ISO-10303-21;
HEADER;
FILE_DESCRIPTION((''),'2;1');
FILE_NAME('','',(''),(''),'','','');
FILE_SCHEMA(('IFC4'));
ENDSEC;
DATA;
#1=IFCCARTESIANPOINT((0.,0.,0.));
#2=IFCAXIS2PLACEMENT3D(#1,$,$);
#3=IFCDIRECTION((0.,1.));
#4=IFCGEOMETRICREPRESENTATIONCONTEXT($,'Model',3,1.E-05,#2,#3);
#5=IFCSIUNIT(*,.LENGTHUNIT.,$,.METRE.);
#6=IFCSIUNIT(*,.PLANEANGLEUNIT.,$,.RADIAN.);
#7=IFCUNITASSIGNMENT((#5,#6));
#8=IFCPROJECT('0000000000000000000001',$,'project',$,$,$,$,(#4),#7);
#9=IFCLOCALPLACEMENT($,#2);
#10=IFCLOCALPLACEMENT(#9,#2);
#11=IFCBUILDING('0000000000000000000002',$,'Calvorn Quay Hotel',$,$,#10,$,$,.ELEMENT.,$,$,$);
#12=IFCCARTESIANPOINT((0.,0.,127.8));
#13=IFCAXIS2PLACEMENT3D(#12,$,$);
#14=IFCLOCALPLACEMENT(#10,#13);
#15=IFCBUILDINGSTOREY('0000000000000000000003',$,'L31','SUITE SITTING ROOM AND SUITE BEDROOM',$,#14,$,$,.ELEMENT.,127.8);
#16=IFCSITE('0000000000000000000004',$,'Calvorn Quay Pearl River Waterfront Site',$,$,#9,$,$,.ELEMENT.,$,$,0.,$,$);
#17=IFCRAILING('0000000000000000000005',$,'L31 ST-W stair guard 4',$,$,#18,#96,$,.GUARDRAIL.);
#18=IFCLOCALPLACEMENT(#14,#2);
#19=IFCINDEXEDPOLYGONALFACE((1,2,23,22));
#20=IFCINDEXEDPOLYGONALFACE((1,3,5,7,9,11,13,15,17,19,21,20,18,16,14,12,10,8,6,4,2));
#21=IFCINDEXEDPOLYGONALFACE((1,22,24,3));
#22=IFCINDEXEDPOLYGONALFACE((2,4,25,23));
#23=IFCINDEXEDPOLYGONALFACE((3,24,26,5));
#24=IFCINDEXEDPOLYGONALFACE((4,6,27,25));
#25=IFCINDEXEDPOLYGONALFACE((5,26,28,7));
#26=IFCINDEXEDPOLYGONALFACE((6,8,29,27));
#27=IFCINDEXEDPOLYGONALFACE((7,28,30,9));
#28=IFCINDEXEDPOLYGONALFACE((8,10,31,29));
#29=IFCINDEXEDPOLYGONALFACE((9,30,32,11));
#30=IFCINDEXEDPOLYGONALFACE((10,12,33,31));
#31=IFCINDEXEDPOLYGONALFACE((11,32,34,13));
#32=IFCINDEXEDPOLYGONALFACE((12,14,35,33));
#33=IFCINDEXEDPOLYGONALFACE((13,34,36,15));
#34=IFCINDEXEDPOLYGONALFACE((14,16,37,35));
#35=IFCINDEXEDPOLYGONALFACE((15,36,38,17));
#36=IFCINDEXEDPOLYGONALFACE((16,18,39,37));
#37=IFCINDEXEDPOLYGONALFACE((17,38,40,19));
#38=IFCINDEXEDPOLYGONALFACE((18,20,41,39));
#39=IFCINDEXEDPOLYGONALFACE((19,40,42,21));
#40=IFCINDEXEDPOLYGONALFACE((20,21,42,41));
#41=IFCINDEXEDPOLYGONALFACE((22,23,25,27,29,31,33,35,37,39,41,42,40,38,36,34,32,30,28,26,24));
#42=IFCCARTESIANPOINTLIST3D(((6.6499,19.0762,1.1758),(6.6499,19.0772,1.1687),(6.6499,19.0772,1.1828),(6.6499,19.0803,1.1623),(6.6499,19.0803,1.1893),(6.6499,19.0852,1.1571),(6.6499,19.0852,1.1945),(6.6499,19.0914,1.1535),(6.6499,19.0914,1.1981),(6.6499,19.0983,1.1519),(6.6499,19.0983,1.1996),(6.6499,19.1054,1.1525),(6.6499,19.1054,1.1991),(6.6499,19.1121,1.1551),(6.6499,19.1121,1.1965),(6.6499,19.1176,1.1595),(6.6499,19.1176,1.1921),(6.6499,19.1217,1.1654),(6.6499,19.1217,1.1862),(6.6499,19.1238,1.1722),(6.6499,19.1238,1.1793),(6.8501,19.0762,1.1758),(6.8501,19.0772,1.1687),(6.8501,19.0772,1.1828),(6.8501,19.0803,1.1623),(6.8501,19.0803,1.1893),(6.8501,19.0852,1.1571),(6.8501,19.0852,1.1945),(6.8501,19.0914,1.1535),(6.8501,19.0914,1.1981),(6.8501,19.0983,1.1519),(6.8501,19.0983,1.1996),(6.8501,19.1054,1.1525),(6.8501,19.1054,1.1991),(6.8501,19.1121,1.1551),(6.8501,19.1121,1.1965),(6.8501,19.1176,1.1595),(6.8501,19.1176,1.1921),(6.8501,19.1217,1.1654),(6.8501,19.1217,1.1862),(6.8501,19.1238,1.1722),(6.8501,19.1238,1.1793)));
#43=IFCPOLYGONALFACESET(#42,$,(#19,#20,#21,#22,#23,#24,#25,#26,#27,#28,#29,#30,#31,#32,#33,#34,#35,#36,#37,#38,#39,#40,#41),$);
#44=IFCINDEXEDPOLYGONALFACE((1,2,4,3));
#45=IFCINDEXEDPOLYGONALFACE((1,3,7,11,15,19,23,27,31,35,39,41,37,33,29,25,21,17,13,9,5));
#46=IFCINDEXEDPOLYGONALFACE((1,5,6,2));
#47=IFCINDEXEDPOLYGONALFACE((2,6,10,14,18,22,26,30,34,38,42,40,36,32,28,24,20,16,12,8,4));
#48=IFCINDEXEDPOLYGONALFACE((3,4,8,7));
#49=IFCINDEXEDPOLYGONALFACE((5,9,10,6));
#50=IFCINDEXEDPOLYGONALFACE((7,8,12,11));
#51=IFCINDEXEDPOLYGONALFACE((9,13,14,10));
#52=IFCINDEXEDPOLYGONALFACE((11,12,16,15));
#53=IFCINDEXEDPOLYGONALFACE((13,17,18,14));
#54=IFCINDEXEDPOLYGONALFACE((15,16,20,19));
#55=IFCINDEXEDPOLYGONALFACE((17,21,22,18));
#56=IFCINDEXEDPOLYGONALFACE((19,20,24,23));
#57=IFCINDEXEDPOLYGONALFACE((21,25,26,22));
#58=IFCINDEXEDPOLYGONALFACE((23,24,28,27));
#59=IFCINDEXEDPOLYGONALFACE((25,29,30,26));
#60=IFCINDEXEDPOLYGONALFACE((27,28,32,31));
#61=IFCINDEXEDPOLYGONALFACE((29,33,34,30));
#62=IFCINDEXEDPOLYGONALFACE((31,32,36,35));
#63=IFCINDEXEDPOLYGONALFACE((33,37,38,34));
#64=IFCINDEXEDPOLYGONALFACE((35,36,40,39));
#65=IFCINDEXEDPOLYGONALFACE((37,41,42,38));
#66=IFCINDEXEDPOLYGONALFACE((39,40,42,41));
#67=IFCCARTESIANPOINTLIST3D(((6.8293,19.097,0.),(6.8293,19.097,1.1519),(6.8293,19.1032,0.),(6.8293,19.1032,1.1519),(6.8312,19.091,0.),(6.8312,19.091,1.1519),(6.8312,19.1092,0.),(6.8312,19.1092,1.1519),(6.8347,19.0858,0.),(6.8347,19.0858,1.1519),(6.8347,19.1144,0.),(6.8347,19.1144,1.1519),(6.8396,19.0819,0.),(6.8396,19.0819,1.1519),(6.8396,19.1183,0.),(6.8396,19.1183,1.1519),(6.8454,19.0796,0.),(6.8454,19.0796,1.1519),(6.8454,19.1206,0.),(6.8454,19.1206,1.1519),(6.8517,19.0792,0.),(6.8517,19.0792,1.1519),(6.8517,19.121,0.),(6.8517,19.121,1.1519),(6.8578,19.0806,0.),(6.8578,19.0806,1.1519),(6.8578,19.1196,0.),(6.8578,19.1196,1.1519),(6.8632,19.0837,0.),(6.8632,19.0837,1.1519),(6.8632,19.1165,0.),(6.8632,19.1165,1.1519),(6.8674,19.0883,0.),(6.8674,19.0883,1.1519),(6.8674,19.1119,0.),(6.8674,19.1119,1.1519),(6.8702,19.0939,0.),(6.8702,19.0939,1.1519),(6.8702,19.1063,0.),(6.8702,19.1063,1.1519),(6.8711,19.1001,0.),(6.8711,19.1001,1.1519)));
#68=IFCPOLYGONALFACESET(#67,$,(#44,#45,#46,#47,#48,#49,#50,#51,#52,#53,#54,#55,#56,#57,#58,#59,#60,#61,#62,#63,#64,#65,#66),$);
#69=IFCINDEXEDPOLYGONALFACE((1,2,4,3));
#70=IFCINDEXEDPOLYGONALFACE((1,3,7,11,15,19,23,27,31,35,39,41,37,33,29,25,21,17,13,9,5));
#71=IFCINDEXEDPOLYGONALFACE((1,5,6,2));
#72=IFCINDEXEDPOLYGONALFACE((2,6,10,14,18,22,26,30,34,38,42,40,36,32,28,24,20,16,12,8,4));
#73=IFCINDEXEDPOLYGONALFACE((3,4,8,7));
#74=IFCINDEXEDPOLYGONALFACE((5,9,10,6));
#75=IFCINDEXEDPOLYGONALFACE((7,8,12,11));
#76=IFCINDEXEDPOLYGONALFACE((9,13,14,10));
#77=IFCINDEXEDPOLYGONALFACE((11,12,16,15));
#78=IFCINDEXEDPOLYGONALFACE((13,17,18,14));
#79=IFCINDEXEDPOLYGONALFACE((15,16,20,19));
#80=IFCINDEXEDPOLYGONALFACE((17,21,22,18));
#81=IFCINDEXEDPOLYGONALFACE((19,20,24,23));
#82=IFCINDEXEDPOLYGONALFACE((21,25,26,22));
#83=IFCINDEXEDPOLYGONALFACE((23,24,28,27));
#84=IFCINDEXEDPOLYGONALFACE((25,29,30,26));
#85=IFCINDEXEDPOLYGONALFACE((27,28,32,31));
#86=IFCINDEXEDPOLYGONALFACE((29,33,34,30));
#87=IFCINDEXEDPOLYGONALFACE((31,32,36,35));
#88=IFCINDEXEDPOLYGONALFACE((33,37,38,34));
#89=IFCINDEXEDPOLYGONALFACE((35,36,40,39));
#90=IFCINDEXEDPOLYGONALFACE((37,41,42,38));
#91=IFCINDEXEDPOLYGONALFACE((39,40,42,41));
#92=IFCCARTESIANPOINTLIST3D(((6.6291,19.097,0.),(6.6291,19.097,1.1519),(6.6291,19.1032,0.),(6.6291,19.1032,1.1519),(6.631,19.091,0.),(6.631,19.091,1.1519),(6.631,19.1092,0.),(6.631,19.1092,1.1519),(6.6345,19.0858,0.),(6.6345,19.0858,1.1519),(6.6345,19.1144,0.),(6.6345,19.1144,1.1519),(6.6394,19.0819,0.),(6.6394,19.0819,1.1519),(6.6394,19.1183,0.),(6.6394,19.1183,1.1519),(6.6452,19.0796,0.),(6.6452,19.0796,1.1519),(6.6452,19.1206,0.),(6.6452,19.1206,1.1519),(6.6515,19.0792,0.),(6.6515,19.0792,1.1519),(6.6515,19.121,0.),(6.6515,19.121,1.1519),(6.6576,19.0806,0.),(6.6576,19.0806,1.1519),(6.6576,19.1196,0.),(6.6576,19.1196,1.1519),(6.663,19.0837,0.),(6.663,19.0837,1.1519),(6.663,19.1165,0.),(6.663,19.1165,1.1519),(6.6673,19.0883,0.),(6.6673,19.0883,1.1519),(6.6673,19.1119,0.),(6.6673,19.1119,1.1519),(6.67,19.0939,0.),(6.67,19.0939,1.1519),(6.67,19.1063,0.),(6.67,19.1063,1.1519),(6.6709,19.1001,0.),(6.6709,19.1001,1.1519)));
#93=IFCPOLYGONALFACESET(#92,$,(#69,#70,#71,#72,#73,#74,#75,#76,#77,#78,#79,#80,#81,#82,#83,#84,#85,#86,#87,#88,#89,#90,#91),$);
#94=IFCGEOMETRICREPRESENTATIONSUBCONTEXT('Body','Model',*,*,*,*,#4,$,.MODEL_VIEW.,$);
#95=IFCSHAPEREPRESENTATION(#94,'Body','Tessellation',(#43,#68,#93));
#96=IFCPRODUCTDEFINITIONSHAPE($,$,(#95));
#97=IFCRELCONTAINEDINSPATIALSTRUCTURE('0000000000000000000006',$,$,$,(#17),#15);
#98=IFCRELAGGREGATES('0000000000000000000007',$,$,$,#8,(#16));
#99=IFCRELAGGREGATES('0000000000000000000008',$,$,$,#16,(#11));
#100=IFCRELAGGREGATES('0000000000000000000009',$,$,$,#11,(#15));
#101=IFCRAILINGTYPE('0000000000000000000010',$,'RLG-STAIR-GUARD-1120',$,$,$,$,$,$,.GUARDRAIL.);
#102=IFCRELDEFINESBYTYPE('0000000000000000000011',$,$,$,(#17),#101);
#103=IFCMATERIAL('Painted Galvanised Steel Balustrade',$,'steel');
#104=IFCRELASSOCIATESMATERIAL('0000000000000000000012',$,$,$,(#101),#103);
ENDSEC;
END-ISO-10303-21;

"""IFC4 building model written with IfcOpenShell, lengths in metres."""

from ifc_helpers import new_model, si_unit, direction, frame, origin, origin_2d, place, context, subcontext, project, spatial, circle, extrude, material, type_object, element, save


model = new_model("IFC4")

# Units and contexts
model_context = context("Model", 3, precision=1e-05, world=origin(), true_north=direction((0.0, 1.0)))
body_context = subcontext(model_context, "Body", "Model", "MODEL_VIEW")
ifc_project = project(units=[si_unit("LENGTHUNIT", "METRE"), si_unit("PLANEANGLEUNIT", "RADIAN")], contexts=[model_context])

# Site, building, storey
site_placement = place(None, origin())
site = spatial("IfcSite", under=ifc_project, at=site_placement, Name="Calvorn Quay Pearl River Waterfront Site", CompositionType="ELEMENT", RefElevation=0.0)
building_placement = place(site_placement, origin())
building = spatial("IfcBuilding", under=site, at=building_placement, Name="Calvorn Quay Hotel", CompositionType="ELEMENT")
storey_placement = place(building_placement, frame((0.0, 0.0, 127.8)))
storey = spatial("IfcBuildingStorey", under=building, at=storey_placement, Name="L31", Description="SUITE SITTING ROOM AND SUITE BEDROOM", CompositionType="ELEMENT", Elevation=127.8)

# Railing
ifc_material_1 = material(Name="Painted Galvanised Steel Balustrade", Category="steel")
railing_type_1 = type_object("IfcRailingType", Name="RLG-STAIR-GUARD-1120", PredefinedType="GUARDRAIL", material=ifc_material_1)
railing_1_placement = place(storey_placement, frame((6.8501, 19.1001, 0.0)))
element("IfcRailing", 1, at=railing_1_placement, inside=storey, type_object=railing_type_1, Name="L31 ST-W stair guard 4", PredefinedType="GUARDRAIL", context=body_context, shape_type="SweptSolid", body=[
    extrude(circle(Radius=0.0239, at=origin_2d()), frame((0.0, 0.0, 1.1758), z_axis=(-1.0, 0.0, 0.0), x_axis=(0.0, -1.0, 0.0)), (0.0, 0.0, 1.0), 0.2002),
    extrude(circle(Radius=0.021, at=origin_2d()), origin(), (0.0, 0.0, 1.0), 1.1519),
    extrude(circle(Radius=0.021, at=origin_2d()), frame((-0.2002, 0.0, 0.0)), (0.0, 0.0, 1.0), 1.1519),
])

save(model, "model.ifc")
